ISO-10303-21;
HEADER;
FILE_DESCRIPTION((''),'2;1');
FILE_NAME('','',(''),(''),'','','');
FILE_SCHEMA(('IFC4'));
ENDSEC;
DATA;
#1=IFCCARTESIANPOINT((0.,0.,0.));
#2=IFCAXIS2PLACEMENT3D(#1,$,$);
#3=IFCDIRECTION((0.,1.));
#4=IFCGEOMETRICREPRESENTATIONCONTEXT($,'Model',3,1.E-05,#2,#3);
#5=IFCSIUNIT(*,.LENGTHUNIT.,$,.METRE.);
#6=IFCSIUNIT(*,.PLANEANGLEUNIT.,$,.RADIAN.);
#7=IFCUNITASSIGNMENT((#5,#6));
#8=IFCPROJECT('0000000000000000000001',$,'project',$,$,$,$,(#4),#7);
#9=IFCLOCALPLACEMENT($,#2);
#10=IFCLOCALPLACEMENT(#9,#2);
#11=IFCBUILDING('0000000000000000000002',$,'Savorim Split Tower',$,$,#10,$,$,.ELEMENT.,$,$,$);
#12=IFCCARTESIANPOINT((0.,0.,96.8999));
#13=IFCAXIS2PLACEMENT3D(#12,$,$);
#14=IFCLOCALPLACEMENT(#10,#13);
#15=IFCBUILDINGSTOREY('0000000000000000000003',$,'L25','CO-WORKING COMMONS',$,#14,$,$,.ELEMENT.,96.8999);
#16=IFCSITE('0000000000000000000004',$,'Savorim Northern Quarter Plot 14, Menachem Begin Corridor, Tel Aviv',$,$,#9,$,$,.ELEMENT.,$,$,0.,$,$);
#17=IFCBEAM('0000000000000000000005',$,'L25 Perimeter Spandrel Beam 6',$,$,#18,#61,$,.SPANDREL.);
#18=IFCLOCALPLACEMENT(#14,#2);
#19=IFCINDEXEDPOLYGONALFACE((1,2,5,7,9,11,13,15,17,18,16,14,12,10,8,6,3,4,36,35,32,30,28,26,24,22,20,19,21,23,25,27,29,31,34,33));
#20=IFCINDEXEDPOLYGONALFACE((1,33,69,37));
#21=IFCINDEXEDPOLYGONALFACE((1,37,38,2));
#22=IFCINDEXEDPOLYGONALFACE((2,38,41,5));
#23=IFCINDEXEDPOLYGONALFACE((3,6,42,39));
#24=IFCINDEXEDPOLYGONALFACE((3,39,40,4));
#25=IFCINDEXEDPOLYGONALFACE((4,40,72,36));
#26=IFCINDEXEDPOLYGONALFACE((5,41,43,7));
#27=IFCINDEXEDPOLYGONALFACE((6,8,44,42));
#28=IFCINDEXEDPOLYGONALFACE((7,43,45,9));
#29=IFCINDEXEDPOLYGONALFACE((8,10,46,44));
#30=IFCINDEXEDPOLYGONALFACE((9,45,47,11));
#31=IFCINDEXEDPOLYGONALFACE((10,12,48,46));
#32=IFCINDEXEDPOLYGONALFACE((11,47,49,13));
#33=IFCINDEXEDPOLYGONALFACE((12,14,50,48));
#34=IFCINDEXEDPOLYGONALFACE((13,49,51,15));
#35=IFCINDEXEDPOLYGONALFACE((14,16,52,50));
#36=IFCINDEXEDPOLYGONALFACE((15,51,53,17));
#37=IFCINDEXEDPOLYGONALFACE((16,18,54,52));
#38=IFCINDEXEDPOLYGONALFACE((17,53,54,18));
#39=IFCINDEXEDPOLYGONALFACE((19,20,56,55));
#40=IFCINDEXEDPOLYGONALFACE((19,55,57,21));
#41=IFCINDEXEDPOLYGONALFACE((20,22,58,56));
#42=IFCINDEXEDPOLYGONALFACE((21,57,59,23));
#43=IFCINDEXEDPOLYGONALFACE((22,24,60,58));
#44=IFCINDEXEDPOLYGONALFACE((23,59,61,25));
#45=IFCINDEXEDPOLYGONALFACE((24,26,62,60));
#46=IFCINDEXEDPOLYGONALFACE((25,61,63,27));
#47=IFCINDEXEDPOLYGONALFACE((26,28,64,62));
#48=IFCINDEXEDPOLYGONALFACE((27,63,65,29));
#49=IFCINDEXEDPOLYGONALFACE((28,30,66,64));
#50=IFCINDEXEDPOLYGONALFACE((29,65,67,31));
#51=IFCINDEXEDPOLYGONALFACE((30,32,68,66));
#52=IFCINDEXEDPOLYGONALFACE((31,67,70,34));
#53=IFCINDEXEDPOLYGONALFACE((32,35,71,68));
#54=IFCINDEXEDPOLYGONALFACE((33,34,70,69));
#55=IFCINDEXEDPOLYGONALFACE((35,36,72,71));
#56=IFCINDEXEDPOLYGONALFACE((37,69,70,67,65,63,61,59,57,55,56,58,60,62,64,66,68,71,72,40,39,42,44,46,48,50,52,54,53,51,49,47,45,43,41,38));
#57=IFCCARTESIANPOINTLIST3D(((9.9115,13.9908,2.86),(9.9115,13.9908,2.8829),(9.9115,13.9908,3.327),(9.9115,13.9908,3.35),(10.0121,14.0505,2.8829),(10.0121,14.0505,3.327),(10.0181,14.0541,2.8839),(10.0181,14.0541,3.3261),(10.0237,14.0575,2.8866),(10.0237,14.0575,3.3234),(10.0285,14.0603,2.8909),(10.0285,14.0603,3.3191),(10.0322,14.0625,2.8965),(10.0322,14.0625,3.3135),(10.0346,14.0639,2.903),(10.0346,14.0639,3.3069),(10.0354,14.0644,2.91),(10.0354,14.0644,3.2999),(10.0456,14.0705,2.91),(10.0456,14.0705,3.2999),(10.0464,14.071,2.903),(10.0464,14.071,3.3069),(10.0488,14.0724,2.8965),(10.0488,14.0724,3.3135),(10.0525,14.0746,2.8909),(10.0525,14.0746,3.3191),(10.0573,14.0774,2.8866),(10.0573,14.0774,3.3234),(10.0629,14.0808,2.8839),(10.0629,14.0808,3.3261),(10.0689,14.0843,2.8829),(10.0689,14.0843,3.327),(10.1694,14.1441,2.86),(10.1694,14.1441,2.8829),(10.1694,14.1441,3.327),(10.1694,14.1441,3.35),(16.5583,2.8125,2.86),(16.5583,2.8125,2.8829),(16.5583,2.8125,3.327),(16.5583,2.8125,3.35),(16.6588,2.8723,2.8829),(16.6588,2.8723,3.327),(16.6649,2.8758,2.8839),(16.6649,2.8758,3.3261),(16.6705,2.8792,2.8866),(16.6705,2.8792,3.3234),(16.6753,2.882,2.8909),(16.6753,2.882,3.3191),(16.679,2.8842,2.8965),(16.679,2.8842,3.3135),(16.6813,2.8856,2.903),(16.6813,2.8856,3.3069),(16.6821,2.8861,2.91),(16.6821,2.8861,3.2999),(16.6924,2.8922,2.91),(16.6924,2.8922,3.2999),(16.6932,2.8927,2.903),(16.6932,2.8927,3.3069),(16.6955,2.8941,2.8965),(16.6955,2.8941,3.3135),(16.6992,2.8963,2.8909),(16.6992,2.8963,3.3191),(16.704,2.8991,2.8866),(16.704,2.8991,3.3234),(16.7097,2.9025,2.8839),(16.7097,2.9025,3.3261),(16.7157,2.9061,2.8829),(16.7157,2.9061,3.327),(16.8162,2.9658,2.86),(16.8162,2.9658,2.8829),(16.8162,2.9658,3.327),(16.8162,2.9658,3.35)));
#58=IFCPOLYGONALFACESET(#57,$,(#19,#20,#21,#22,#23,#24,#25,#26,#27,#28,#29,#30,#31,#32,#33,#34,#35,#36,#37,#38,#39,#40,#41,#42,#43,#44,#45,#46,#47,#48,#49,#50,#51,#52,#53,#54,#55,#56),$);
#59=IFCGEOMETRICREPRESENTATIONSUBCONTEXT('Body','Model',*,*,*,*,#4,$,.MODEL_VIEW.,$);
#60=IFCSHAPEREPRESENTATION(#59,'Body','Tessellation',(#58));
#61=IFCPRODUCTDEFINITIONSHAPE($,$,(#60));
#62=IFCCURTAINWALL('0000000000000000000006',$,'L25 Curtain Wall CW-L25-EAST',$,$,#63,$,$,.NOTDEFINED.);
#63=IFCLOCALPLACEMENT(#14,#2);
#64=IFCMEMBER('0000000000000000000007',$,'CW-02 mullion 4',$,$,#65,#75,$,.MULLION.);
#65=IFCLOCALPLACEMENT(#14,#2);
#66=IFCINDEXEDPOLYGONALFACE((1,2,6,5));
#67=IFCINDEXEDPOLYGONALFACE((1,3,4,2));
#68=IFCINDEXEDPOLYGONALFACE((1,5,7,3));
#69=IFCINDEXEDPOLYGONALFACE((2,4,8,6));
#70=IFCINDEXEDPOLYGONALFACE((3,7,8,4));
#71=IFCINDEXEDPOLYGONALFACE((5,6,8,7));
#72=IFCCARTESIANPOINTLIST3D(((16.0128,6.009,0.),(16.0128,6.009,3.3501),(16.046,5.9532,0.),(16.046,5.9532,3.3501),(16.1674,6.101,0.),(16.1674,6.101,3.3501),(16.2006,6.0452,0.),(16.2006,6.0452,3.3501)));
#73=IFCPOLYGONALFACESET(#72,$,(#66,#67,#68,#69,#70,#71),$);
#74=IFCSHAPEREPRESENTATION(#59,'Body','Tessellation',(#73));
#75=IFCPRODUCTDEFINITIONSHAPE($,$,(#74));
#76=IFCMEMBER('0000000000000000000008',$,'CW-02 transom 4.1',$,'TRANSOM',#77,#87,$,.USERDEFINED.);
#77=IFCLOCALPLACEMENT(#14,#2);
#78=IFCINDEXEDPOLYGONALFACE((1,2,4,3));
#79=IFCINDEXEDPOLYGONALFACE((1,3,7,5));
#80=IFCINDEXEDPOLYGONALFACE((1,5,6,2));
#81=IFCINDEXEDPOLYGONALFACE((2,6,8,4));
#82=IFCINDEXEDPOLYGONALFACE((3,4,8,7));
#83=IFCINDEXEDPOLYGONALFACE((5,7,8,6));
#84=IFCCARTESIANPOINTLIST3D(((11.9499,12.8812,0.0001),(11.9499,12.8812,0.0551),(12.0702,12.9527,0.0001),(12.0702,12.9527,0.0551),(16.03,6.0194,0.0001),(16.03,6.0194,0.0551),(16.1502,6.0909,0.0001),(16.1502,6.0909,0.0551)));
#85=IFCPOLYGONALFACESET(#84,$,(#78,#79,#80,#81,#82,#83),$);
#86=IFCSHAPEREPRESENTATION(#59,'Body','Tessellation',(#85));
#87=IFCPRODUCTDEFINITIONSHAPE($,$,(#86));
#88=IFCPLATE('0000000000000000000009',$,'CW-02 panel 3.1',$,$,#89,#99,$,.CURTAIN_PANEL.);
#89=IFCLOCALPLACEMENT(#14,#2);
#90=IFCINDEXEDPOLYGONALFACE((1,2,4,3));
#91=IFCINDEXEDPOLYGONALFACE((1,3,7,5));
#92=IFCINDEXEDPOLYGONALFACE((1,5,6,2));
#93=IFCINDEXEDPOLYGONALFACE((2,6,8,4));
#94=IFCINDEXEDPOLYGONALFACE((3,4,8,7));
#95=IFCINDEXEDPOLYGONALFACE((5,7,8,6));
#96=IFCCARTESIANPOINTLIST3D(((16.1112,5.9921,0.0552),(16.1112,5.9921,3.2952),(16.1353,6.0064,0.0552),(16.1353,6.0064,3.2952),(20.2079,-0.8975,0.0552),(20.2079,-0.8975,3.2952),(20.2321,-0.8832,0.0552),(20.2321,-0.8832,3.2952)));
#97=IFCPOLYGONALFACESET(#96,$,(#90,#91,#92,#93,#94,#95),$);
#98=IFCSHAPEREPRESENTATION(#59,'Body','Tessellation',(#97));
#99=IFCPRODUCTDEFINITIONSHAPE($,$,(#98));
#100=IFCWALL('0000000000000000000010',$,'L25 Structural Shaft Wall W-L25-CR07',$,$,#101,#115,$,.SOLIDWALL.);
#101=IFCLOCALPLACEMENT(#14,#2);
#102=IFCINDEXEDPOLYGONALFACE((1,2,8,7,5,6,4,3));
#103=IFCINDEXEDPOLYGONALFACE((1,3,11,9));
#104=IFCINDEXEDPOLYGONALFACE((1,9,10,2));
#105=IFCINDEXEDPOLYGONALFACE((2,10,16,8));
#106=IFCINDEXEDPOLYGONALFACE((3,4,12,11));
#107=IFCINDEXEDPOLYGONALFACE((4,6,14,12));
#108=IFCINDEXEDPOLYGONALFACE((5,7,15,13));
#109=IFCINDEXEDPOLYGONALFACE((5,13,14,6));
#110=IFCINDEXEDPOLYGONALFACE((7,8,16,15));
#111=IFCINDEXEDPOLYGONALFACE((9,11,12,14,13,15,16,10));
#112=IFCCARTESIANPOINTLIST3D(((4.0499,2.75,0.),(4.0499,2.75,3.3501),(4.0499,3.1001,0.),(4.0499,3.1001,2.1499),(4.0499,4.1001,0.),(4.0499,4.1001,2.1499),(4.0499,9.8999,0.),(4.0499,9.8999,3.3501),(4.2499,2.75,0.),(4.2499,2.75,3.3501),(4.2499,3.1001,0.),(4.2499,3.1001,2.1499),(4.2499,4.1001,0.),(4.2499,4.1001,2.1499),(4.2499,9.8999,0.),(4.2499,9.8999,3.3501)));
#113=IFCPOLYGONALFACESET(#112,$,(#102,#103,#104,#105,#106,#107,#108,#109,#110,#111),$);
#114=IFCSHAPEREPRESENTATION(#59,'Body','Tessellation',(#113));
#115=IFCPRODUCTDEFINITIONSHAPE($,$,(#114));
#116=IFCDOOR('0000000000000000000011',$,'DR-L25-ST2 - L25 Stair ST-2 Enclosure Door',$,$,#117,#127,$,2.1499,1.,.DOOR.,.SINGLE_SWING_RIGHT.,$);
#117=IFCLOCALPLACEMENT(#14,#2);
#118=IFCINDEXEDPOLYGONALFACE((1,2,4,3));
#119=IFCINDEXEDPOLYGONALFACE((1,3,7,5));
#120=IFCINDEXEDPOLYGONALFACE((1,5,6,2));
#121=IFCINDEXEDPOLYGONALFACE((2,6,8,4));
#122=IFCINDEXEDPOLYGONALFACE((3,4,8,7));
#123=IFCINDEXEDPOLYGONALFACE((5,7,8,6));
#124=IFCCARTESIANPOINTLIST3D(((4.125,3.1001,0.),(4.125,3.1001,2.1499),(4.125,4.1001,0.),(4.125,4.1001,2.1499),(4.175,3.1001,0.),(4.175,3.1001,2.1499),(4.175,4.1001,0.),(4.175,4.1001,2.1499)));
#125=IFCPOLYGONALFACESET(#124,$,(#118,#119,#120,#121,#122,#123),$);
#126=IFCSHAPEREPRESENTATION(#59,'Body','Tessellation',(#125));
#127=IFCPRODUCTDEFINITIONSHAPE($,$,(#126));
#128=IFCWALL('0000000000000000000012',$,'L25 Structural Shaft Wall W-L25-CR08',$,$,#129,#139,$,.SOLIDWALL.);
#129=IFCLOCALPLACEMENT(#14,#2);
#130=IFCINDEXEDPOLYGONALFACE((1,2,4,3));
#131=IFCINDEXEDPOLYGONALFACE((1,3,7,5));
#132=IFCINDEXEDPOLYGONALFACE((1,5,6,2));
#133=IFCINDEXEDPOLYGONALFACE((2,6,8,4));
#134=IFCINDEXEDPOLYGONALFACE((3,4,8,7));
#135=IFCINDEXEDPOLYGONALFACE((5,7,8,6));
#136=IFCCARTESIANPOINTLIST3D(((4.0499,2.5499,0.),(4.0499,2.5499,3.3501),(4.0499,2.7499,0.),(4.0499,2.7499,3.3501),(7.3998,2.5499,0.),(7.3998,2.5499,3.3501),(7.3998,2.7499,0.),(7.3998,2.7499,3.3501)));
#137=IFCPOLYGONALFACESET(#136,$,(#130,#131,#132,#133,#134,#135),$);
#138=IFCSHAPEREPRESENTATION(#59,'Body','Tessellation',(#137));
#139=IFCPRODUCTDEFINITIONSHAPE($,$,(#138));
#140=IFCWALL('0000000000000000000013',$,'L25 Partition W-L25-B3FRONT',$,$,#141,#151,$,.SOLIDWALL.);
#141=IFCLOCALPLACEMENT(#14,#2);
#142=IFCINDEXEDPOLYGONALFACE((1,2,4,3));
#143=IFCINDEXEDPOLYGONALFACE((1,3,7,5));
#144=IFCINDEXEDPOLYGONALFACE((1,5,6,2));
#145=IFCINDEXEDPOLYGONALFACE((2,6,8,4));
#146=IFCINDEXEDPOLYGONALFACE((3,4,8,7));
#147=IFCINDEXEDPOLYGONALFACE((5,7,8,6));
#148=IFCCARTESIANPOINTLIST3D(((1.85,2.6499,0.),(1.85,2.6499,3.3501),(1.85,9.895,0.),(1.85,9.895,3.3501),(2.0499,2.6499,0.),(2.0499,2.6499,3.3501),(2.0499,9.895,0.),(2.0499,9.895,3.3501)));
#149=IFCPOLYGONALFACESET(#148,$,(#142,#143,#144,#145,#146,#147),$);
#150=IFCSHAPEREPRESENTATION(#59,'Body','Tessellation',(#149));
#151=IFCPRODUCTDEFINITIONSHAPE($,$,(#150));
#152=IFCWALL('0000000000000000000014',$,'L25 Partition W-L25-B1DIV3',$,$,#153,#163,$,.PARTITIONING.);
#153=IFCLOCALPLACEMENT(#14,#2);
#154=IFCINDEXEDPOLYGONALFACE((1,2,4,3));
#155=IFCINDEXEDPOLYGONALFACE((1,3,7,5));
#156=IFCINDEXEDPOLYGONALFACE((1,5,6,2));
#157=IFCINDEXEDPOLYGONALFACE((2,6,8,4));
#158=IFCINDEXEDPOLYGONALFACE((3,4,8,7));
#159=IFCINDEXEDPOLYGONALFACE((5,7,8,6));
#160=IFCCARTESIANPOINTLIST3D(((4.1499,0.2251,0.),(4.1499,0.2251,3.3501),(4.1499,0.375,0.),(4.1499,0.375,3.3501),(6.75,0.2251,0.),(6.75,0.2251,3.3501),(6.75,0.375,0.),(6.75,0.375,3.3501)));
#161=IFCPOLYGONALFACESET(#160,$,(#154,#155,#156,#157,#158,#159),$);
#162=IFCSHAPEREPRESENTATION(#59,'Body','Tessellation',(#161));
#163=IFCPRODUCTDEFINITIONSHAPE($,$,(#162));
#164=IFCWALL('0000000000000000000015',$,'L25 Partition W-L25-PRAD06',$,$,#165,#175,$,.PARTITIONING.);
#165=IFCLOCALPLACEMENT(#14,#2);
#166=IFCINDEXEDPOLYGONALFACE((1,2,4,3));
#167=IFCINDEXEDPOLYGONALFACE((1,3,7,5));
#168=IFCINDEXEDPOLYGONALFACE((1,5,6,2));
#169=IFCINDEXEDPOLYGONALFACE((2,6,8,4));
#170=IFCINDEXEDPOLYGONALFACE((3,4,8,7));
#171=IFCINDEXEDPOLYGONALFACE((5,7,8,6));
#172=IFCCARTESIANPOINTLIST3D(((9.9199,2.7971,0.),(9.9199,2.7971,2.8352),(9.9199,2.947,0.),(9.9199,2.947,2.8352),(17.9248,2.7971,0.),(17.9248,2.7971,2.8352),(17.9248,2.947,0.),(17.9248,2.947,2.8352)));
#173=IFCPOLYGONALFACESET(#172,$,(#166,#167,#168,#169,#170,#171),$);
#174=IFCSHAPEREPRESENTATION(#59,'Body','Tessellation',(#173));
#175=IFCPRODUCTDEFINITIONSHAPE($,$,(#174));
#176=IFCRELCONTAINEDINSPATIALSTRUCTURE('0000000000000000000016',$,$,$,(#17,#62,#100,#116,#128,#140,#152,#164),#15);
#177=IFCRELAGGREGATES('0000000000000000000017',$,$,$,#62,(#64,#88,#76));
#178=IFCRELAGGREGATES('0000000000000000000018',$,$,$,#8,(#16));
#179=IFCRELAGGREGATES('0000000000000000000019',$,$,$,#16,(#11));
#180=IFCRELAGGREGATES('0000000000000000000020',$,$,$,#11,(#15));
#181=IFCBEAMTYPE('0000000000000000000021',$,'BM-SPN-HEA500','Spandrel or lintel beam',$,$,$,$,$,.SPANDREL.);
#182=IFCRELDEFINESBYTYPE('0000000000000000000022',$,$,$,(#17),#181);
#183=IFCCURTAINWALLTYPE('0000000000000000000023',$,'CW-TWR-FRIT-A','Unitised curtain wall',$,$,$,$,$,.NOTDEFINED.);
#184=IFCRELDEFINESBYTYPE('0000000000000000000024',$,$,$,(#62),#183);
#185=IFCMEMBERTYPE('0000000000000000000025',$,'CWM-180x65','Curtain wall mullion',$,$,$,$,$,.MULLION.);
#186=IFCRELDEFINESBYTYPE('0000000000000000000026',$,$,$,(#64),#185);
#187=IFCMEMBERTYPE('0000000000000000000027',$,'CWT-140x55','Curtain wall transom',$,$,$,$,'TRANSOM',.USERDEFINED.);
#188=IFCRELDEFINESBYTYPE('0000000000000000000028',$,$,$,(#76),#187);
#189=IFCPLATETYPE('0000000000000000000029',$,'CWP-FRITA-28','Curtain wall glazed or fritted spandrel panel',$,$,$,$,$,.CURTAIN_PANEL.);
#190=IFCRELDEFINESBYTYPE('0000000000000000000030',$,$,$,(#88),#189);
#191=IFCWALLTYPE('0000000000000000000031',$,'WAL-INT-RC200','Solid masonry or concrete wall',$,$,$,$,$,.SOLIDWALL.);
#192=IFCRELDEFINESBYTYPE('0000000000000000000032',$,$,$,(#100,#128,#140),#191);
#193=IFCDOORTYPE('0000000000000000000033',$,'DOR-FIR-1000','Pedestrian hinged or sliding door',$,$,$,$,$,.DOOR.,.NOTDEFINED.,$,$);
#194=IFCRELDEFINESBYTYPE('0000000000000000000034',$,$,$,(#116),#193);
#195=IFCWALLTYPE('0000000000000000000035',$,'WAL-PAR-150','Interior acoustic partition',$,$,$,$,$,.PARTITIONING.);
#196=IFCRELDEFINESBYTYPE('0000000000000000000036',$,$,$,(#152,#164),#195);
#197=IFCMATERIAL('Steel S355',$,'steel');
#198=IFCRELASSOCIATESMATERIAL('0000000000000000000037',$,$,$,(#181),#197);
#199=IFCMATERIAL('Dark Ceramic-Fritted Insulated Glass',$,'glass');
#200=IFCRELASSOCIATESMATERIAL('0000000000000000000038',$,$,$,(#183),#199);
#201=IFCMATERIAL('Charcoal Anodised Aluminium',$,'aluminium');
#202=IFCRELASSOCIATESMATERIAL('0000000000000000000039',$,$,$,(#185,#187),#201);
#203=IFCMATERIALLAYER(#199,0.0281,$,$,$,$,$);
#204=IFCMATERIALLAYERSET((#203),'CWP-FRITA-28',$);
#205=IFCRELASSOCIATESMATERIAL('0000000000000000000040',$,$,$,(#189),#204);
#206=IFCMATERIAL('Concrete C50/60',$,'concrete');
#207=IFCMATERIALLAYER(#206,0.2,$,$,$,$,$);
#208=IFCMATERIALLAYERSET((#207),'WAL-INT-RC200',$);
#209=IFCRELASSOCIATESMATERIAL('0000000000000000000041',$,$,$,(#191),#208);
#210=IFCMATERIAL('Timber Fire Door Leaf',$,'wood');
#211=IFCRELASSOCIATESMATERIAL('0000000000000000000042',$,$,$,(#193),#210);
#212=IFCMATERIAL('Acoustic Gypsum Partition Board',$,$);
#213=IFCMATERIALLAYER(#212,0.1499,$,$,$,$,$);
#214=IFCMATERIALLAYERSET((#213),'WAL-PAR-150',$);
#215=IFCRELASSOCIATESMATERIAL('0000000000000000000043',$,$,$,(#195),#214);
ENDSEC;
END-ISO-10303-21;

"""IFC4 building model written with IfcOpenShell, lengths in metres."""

from ifc_helpers import new_model, si_unit, direction, frame, frame_2d, origin, origin_2d, place, context, subcontext, project, spatial, rectangle, i_section, extrude, material, layer, layer_set, material_profile, profile_set, type_object, element, fill, aggregate, save


model = new_model("IFC4")

# Units and contexts
model_context = context("Model", 3, precision=1e-05, world=origin(), true_north=direction((0.0, 1.0)))
body_context = subcontext(model_context, "Body", "Model", "MODEL_VIEW")
ifc_project = project(units=[si_unit("LENGTHUNIT", "METRE"), si_unit("PLANEANGLEUNIT", "RADIAN")], contexts=[model_context])

# Site, building, storey
site_placement = place(None, origin())
site = spatial("IfcSite", under=ifc_project, at=site_placement, Name="Savorim Northern Quarter Plot 14, Menachem Begin Corridor, Tel Aviv", CompositionType="ELEMENT", RefElevation=0.0)
building_placement = place(site_placement, origin())
building = spatial("IfcBuilding", under=site, at=building_placement, Name="Savorim Split Tower", CompositionType="ELEMENT")
storey_placement = place(building_placement, frame((0.0, 0.0, 96.8999)))
storey = spatial("IfcBuildingStorey", under=building, at=storey_placement, Name="L25", Description="CO-WORKING COMMONS", CompositionType="ELEMENT", Elevation=96.8999)

# Beam
ifc_material_1 = material(Name="Steel S355", Category="steel")
ifc_material_profile_1 = material_profile(ifc_material_1, i_section(OverallWidth=0.3, OverallDepth=0.49, WebThickness=0.012, FlangeThickness=0.0229, FilletRadius=0.0271, at=origin_2d()), Name="HEA 500")
ifc_profile_set_1 = profile_set([ifc_material_profile_1], Name="Steel S355")
beam_type_1 = type_object("IfcBeamType", Name="BM-SPN-HEA500", Description="Spandrel or lintel beam", PredefinedType="SPANDREL", material=ifc_profile_set_1)
beam_1_placement = place(storey_placement, frame((16.6873, 2.8892, 3.105), z_axis=(-0.511088, 0.859529, 0.0), x_axis=(-0.859529, -0.511088, 0.0)))
element("IfcBeam", 1, at=beam_1_placement, inside=storey, type_object=beam_type_1, Name="L25 Perimeter Spandrel Beam 6", PredefinedType="SPANDREL", context=body_context, shape_type="SweptSolid", body=[
    extrude(i_section(OverallWidth=0.3, OverallDepth=0.49, WebThickness=0.012, FlangeThickness=0.0229, FilletRadius=0.0271, at=origin_2d()), origin(), (0.0, 0.0, 1.0), 13.0051),
])

# Curtain wall, members, plate
ifc_material_2 = material(Name="Dark Ceramic-Fritted Insulated Glass", Category="glass")
curtain_wall_type = type_object("IfcCurtainWallType", Name="CW-TWR-FRIT-A", Description="Unitised curtain wall", PredefinedType="NOTDEFINED", material=ifc_material_2)
curtain_wall_placement = place(storey_placement, origin())
curtain_wall = element("IfcCurtainWall", 2, at=curtain_wall_placement, inside=storey, type_object=curtain_wall_type, Name="L25 Curtain Wall CW-L25-EAST", PredefinedType="NOTDEFINED")
ifc_material_3 = material(Name="Charcoal Anodised Aluminium", Category="aluminium")
ifc_material_profile_2 = material_profile(ifc_material_3, rectangle(XDim=0.1799, YDim=0.0649, at=origin_2d()), Name="ALU-M 180x65")
ifc_profile_set_2 = profile_set([ifc_material_profile_2], Name="Charcoal Anodised Aluminium")
member_type_1 = type_object("IfcMemberType", Name="CWM-180x65", Description="Curtain wall mullion", PredefinedType="MULLION", material=ifc_profile_set_2)
member_1_placement = place(storey_placement, frame((16.1067, 6.0271, 0.0), z_axis=(0.0, 0.0, 1.0), x_axis=(-0.859525, -0.511094, 0.0)))
member_1 = element("IfcMember", 3, at=member_1_placement, type_object=member_type_1, Name="CW-02 mullion 4", PredefinedType="MULLION", context=body_context, shape_type="SweptSolid", body=[
    extrude(rectangle(XDim=0.1799, YDim=0.0649, at=origin_2d()), origin(), (0.0, 0.0, 1.0), 3.3501),
])
ifc_material_profile_3 = material_profile(ifc_material_3, rectangle(XDim=0.1399, YDim=0.0549, at=origin_2d()), Name="ALU-T 140x55")
ifc_profile_set_3 = profile_set([ifc_material_profile_3], Name="Charcoal Anodised Aluminium")
member_type_2 = type_object("IfcMemberType", Name="CWT-140x55", Description="Curtain wall transom", ElementType="TRANSOM", PredefinedType="USERDEFINED", material=ifc_profile_set_3)
member_2_placement = place(storey_placement, frame((16.0901, 6.0552, 0.0276), z_axis=(-0.511083, 0.859532, 0.0), x_axis=(-0.859532, -0.511083, 0.0)))
member_2 = element("IfcMember", 4, at=member_2_placement, type_object=member_type_2, Name="CW-02 transom 4.1", ObjectType="TRANSOM", PredefinedType="USERDEFINED", context=body_context, shape_type="SweptSolid", body=[
    extrude(rectangle(XDim=0.1399, YDim=0.0549, at=origin_2d()), origin(), (0.0, 0.0, 1.0), 7.9832),
])
ifc_layer_1 = layer(ifc_material_2, 0.0281)
ifc_layer_set_1 = layer_set([ifc_layer_1], Name="CWP-FRITA-28")
plate_type = type_object("IfcPlateType", Name="CWP-FRITA-28", Description="Curtain wall glazed or fritted spandrel panel", PredefinedType="CURTAIN_PANEL", material=ifc_layer_set_1)
plate_placement = place(storey_placement, frame((18.1716, 2.5544, 0.0552), z_axis=(0.0, 0.0, 1.0), x_axis=(-0.511094, 0.859525, 0.0)))
plate = element("IfcPlate", 5, at=plate_placement, type_object=plate_type, Name="CW-02 panel 3.1", PredefinedType="CURTAIN_PANEL", context=body_context, shape_type="SweptSolid", body=[
    extrude(rectangle(XDim=8.0156, YDim=0.0281, at=origin_2d()), origin(), (0.0, 0.0, 1.0), 3.24),
])
aggregate(curtain_wall, [member_1, plate, member_2])

# Wall, opening, door
ifc_material_4 = material(Name="Concrete C50/60", Category="concrete")
ifc_layer_2 = layer(ifc_material_4, 0.2)
ifc_layer_set_2 = layer_set([ifc_layer_2], Name="WAL-INT-RC200")
wall_type_1 = type_object("IfcWallType", Name="WAL-INT-RC200", Description="Solid masonry or concrete wall", PredefinedType="SOLIDWALL", material=ifc_layer_set_2)
wall_1_placement = place(storey_placement, frame((4.1499, 2.75, 0.0), z_axis=(0.0, 0.0, 1.0), x_axis=(0.0, 1.0, 0.0)))
wall_1 = element("IfcWall", 6, at=wall_1_placement, inside=storey, type_object=wall_type_1, Name="L25 Structural Shaft Wall W-L25-CR07", PredefinedType="SOLIDWALL", context=body_context, shape_type="SweptSolid", body=[
    extrude(rectangle(XDim=7.1499, YDim=0.2, at=frame_2d((3.575, 0.0))), origin(), (0.0, 0.0, 1.0), 3.3501),
])
opening_placement = place(wall_1_placement, frame((0.3501, 0.0, 0.0)))
opening = element("IfcOpeningElement", 7, at=opening_placement, cuts=wall_1, PredefinedType="OPENING", context=body_context, shape_type="SweptSolid", body=[
    extrude(rectangle(XDim=1.0, YDim=2.1499, at=frame_2d((0.5, 1.075))), frame((0.0, 0.1099, 0.0), z_axis=(0.0, -1.0, 0.0), x_axis=(1.0, 0.0, 0.0)), (0.0, 0.0, 1.0), 0.22),
])
ifc_material_5 = material(Name="Timber Fire Door Leaf", Category="wood")
door_type = type_object("IfcDoorType", Name="DOR-FIR-1000", Description="Pedestrian hinged or sliding door", OperationType="NOTDEFINED", PredefinedType="DOOR", material=ifc_material_5)
door_placement = place(opening_placement, origin())
door = element("IfcDoor", 8, at=door_placement, inside=storey, type_object=door_type, Name="DR-L25-ST2 - L25 Stair ST-2 Enclosure Door", OperationType="SINGLE_SWING_RIGHT", OverallHeight=2.1499, OverallWidth=1.0, PredefinedType="DOOR", context=body_context, shape_type="SweptSolid", body=[
    extrude(rectangle(XDim=1.0, YDim=2.1499, at=frame_2d((0.5, 1.075))), frame((0.0, 0.0249, 0.0), z_axis=(0.0, -1.0, 0.0), x_axis=(1.0, 0.0, 0.0)), (0.0, 0.0, 1.0), 0.05),
])
fill(opening, door)

# Walls
wall_2_placement = place(storey_placement, frame((4.05, 2.6499, 0.0), z_axis=(0.0, 0.0, 1.0), x_axis=(1.0, 0.0, 0.0)))
element("IfcWall", 9, at=wall_2_placement, inside=storey, type_object=wall_type_1, Name="L25 Structural Shaft Wall W-L25-CR08", PredefinedType="SOLIDWALL", context=body_context, shape_type="SweptSolid", body=[
    extrude(rectangle(XDim=3.3499, YDim=0.2, at=frame_2d((1.6748, 0.0))), origin(), (0.0, 0.0, 1.0), 3.3501),
])
wall_3_placement = place(storey_placement, frame((1.95, 2.6499, 0.0), z_axis=(0.0, 0.0, 1.0), x_axis=(0.0, 1.0, 0.0)))
element("IfcWall", 10, at=wall_3_placement, inside=storey, type_object=wall_type_1, Name="L25 Partition W-L25-B3FRONT", PredefinedType="SOLIDWALL", context=body_context, shape_type="SweptSolid", body=[
    extrude(rectangle(XDim=7.2451, YDim=0.2, at=frame_2d((3.6226, 0.0))), origin(), (0.0, 0.0, 1.0), 3.3501),
])
ifc_material_6 = material(Name="Acoustic Gypsum Partition Board")
ifc_layer_3 = layer(ifc_material_6, 0.1499)
ifc_layer_set_3 = layer_set([ifc_layer_3], Name="WAL-PAR-150")
wall_type_2 = type_object("IfcWallType", Name="WAL-PAR-150", Description="Interior acoustic partition", PredefinedType="PARTITIONING", material=ifc_layer_set_3)
wall_4_placement = place(storey_placement, frame((4.1499, 0.3, 0.0), z_axis=(0.0, 0.0, 1.0), x_axis=(1.0, 0.0, 0.0)))
element("IfcWall", 11, at=wall_4_placement, inside=storey, type_object=wall_type_2, Name="L25 Partition W-L25-B1DIV3", PredefinedType="PARTITIONING", context=body_context, shape_type="SweptSolid", body=[
    extrude(rectangle(XDim=2.6001, YDim=0.1499, at=frame_2d((1.3, 0.0))), origin(), (0.0, 0.0, 1.0), 3.3501),
])
wall_5_placement = place(storey_placement, frame((9.9199, 2.8721, 0.0), z_axis=(0.0, 0.0, 1.0), x_axis=(1.0, 0.0, 0.0)))
element("IfcWall", 12, at=wall_5_placement, inside=storey, type_object=wall_type_2, Name="L25 Partition W-L25-PRAD06", PredefinedType="PARTITIONING", context=body_context, shape_type="SweptSolid", body=[
    extrude(rectangle(XDim=8.0049, YDim=0.1499, at=frame_2d((4.0024, 0.0))), origin(), (0.0, 0.0, 1.0), 2.8352),
])

save(model, "model.ifc")
